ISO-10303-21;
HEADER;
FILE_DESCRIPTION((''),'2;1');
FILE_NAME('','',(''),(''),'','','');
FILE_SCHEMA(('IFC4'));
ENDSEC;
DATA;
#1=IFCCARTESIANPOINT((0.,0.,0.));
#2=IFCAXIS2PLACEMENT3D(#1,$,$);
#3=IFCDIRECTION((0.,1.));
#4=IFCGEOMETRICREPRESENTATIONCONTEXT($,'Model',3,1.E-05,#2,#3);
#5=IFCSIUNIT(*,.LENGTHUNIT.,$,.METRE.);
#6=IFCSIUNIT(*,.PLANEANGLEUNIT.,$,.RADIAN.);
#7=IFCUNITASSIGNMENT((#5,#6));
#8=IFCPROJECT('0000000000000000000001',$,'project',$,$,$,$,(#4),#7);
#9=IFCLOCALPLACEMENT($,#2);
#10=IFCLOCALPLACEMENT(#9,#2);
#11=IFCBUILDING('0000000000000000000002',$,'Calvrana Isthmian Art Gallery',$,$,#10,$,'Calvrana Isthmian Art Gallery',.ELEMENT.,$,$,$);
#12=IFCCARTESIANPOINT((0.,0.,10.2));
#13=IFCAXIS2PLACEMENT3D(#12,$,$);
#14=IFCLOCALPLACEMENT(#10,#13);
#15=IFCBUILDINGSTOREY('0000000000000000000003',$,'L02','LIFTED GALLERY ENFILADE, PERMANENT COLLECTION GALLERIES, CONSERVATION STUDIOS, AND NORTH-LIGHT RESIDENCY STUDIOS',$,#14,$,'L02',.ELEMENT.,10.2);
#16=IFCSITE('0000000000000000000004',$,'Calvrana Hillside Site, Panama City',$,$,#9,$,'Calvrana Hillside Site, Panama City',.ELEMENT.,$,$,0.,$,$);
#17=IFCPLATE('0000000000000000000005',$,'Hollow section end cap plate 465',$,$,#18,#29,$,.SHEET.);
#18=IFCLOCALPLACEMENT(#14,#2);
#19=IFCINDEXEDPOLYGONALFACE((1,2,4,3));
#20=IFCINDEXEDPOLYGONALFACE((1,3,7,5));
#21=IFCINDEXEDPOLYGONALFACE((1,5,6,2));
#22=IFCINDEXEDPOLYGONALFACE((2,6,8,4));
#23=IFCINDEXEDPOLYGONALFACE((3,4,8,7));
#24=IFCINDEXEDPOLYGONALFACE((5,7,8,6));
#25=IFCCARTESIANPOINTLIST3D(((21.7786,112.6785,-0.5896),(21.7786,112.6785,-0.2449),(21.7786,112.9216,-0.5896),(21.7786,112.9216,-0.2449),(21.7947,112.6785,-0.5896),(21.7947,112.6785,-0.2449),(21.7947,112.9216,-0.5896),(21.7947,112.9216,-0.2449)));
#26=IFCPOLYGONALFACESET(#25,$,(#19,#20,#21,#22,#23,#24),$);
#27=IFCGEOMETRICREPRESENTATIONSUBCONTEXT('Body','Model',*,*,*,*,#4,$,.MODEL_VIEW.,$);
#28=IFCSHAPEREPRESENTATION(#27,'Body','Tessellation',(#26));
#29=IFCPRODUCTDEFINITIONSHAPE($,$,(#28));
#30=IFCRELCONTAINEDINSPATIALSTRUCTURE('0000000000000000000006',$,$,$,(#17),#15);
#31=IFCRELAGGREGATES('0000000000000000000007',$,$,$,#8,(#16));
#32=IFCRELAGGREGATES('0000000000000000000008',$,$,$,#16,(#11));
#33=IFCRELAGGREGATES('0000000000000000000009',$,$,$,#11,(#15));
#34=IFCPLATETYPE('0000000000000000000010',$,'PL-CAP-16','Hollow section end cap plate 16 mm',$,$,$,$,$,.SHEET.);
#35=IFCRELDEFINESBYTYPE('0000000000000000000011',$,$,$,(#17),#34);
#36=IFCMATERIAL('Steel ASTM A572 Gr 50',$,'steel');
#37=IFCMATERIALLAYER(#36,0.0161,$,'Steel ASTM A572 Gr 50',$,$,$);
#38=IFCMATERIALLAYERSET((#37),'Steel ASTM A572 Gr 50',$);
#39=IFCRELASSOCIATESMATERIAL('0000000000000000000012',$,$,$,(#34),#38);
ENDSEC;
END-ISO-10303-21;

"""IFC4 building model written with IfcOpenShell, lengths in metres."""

from ifc_helpers import new_model, si_unit, direction, frame, origin, origin_2d, place, context, subcontext, project, spatial, rectangle, extrude, material, layer, layer_set, type_object, element, save


model = new_model("IFC4")

# Units and contexts
model_context = context("Model", 3, precision=1e-05, world=origin(), true_north=direction((0.0, 1.0)))
body_context = subcontext(model_context, "Body", "Model", "MODEL_VIEW")
ifc_project = project(units=[si_unit("LENGTHUNIT", "METRE"), si_unit("PLANEANGLEUNIT", "RADIAN")], contexts=[model_context])

# Site, building, storey
site_placement = place(None, origin())
site = spatial("IfcSite", under=ifc_project, at=site_placement, Name="Calvrana Hillside Site, Panama City", LongName="Calvrana Hillside Site, Panama City", CompositionType="ELEMENT", RefElevation=0.0)
building_placement = place(site_placement, origin())
building = spatial("IfcBuilding", under=site, at=building_placement, Name="Calvrana Isthmian Art Gallery", LongName="Calvrana Isthmian Art Gallery", CompositionType="ELEMENT")
storey_placement = place(building_placement, frame((0.0, 0.0, 10.2)))
storey = spatial("IfcBuildingStorey", under=building, at=storey_placement, Name="L02", Description="LIFTED GALLERY ENFILADE, PERMANENT COLLECTION GALLERIES, CONSERVATION STUDIOS, AND NORTH-LIGHT RESIDENCY STUDIOS", LongName="L02", CompositionType="ELEMENT", Elevation=10.2)

# Plate
ifc_material_1 = material(Name="Steel ASTM A572 Gr 50", Category="steel")
ifc_layer_1 = layer(ifc_material_1, 0.0161, Name="Steel ASTM A572 Gr 50")
ifc_layer_set_1 = layer_set([ifc_layer_1], Name="Steel ASTM A572 Gr 50")
plate_type_1 = type_object("IfcPlateType", Name="PL-CAP-16", Description="Hollow section end cap plate 16 mm", PredefinedType="SHEET", material=ifc_layer_set_1)
plate_1_placement = place(storey_placement, frame((21.7866, 112.8, -0.5896), z_axis=(0.0, 0.0, 1.0), x_axis=(1.0, 0.0, 0.0)))
element("IfcPlate", 1, at=plate_1_placement, inside=storey, type_object=plate_type_1, Name="Hollow section end cap plate 465", PredefinedType="SHEET", context=body_context, shape_type="SweptSolid", body=[
    extrude(rectangle(XDim=0.0161, YDim=0.2432, at=origin_2d()), origin(), (0.0, 0.0, 1.0), 0.3447),
])

save(model, "model.ifc")
